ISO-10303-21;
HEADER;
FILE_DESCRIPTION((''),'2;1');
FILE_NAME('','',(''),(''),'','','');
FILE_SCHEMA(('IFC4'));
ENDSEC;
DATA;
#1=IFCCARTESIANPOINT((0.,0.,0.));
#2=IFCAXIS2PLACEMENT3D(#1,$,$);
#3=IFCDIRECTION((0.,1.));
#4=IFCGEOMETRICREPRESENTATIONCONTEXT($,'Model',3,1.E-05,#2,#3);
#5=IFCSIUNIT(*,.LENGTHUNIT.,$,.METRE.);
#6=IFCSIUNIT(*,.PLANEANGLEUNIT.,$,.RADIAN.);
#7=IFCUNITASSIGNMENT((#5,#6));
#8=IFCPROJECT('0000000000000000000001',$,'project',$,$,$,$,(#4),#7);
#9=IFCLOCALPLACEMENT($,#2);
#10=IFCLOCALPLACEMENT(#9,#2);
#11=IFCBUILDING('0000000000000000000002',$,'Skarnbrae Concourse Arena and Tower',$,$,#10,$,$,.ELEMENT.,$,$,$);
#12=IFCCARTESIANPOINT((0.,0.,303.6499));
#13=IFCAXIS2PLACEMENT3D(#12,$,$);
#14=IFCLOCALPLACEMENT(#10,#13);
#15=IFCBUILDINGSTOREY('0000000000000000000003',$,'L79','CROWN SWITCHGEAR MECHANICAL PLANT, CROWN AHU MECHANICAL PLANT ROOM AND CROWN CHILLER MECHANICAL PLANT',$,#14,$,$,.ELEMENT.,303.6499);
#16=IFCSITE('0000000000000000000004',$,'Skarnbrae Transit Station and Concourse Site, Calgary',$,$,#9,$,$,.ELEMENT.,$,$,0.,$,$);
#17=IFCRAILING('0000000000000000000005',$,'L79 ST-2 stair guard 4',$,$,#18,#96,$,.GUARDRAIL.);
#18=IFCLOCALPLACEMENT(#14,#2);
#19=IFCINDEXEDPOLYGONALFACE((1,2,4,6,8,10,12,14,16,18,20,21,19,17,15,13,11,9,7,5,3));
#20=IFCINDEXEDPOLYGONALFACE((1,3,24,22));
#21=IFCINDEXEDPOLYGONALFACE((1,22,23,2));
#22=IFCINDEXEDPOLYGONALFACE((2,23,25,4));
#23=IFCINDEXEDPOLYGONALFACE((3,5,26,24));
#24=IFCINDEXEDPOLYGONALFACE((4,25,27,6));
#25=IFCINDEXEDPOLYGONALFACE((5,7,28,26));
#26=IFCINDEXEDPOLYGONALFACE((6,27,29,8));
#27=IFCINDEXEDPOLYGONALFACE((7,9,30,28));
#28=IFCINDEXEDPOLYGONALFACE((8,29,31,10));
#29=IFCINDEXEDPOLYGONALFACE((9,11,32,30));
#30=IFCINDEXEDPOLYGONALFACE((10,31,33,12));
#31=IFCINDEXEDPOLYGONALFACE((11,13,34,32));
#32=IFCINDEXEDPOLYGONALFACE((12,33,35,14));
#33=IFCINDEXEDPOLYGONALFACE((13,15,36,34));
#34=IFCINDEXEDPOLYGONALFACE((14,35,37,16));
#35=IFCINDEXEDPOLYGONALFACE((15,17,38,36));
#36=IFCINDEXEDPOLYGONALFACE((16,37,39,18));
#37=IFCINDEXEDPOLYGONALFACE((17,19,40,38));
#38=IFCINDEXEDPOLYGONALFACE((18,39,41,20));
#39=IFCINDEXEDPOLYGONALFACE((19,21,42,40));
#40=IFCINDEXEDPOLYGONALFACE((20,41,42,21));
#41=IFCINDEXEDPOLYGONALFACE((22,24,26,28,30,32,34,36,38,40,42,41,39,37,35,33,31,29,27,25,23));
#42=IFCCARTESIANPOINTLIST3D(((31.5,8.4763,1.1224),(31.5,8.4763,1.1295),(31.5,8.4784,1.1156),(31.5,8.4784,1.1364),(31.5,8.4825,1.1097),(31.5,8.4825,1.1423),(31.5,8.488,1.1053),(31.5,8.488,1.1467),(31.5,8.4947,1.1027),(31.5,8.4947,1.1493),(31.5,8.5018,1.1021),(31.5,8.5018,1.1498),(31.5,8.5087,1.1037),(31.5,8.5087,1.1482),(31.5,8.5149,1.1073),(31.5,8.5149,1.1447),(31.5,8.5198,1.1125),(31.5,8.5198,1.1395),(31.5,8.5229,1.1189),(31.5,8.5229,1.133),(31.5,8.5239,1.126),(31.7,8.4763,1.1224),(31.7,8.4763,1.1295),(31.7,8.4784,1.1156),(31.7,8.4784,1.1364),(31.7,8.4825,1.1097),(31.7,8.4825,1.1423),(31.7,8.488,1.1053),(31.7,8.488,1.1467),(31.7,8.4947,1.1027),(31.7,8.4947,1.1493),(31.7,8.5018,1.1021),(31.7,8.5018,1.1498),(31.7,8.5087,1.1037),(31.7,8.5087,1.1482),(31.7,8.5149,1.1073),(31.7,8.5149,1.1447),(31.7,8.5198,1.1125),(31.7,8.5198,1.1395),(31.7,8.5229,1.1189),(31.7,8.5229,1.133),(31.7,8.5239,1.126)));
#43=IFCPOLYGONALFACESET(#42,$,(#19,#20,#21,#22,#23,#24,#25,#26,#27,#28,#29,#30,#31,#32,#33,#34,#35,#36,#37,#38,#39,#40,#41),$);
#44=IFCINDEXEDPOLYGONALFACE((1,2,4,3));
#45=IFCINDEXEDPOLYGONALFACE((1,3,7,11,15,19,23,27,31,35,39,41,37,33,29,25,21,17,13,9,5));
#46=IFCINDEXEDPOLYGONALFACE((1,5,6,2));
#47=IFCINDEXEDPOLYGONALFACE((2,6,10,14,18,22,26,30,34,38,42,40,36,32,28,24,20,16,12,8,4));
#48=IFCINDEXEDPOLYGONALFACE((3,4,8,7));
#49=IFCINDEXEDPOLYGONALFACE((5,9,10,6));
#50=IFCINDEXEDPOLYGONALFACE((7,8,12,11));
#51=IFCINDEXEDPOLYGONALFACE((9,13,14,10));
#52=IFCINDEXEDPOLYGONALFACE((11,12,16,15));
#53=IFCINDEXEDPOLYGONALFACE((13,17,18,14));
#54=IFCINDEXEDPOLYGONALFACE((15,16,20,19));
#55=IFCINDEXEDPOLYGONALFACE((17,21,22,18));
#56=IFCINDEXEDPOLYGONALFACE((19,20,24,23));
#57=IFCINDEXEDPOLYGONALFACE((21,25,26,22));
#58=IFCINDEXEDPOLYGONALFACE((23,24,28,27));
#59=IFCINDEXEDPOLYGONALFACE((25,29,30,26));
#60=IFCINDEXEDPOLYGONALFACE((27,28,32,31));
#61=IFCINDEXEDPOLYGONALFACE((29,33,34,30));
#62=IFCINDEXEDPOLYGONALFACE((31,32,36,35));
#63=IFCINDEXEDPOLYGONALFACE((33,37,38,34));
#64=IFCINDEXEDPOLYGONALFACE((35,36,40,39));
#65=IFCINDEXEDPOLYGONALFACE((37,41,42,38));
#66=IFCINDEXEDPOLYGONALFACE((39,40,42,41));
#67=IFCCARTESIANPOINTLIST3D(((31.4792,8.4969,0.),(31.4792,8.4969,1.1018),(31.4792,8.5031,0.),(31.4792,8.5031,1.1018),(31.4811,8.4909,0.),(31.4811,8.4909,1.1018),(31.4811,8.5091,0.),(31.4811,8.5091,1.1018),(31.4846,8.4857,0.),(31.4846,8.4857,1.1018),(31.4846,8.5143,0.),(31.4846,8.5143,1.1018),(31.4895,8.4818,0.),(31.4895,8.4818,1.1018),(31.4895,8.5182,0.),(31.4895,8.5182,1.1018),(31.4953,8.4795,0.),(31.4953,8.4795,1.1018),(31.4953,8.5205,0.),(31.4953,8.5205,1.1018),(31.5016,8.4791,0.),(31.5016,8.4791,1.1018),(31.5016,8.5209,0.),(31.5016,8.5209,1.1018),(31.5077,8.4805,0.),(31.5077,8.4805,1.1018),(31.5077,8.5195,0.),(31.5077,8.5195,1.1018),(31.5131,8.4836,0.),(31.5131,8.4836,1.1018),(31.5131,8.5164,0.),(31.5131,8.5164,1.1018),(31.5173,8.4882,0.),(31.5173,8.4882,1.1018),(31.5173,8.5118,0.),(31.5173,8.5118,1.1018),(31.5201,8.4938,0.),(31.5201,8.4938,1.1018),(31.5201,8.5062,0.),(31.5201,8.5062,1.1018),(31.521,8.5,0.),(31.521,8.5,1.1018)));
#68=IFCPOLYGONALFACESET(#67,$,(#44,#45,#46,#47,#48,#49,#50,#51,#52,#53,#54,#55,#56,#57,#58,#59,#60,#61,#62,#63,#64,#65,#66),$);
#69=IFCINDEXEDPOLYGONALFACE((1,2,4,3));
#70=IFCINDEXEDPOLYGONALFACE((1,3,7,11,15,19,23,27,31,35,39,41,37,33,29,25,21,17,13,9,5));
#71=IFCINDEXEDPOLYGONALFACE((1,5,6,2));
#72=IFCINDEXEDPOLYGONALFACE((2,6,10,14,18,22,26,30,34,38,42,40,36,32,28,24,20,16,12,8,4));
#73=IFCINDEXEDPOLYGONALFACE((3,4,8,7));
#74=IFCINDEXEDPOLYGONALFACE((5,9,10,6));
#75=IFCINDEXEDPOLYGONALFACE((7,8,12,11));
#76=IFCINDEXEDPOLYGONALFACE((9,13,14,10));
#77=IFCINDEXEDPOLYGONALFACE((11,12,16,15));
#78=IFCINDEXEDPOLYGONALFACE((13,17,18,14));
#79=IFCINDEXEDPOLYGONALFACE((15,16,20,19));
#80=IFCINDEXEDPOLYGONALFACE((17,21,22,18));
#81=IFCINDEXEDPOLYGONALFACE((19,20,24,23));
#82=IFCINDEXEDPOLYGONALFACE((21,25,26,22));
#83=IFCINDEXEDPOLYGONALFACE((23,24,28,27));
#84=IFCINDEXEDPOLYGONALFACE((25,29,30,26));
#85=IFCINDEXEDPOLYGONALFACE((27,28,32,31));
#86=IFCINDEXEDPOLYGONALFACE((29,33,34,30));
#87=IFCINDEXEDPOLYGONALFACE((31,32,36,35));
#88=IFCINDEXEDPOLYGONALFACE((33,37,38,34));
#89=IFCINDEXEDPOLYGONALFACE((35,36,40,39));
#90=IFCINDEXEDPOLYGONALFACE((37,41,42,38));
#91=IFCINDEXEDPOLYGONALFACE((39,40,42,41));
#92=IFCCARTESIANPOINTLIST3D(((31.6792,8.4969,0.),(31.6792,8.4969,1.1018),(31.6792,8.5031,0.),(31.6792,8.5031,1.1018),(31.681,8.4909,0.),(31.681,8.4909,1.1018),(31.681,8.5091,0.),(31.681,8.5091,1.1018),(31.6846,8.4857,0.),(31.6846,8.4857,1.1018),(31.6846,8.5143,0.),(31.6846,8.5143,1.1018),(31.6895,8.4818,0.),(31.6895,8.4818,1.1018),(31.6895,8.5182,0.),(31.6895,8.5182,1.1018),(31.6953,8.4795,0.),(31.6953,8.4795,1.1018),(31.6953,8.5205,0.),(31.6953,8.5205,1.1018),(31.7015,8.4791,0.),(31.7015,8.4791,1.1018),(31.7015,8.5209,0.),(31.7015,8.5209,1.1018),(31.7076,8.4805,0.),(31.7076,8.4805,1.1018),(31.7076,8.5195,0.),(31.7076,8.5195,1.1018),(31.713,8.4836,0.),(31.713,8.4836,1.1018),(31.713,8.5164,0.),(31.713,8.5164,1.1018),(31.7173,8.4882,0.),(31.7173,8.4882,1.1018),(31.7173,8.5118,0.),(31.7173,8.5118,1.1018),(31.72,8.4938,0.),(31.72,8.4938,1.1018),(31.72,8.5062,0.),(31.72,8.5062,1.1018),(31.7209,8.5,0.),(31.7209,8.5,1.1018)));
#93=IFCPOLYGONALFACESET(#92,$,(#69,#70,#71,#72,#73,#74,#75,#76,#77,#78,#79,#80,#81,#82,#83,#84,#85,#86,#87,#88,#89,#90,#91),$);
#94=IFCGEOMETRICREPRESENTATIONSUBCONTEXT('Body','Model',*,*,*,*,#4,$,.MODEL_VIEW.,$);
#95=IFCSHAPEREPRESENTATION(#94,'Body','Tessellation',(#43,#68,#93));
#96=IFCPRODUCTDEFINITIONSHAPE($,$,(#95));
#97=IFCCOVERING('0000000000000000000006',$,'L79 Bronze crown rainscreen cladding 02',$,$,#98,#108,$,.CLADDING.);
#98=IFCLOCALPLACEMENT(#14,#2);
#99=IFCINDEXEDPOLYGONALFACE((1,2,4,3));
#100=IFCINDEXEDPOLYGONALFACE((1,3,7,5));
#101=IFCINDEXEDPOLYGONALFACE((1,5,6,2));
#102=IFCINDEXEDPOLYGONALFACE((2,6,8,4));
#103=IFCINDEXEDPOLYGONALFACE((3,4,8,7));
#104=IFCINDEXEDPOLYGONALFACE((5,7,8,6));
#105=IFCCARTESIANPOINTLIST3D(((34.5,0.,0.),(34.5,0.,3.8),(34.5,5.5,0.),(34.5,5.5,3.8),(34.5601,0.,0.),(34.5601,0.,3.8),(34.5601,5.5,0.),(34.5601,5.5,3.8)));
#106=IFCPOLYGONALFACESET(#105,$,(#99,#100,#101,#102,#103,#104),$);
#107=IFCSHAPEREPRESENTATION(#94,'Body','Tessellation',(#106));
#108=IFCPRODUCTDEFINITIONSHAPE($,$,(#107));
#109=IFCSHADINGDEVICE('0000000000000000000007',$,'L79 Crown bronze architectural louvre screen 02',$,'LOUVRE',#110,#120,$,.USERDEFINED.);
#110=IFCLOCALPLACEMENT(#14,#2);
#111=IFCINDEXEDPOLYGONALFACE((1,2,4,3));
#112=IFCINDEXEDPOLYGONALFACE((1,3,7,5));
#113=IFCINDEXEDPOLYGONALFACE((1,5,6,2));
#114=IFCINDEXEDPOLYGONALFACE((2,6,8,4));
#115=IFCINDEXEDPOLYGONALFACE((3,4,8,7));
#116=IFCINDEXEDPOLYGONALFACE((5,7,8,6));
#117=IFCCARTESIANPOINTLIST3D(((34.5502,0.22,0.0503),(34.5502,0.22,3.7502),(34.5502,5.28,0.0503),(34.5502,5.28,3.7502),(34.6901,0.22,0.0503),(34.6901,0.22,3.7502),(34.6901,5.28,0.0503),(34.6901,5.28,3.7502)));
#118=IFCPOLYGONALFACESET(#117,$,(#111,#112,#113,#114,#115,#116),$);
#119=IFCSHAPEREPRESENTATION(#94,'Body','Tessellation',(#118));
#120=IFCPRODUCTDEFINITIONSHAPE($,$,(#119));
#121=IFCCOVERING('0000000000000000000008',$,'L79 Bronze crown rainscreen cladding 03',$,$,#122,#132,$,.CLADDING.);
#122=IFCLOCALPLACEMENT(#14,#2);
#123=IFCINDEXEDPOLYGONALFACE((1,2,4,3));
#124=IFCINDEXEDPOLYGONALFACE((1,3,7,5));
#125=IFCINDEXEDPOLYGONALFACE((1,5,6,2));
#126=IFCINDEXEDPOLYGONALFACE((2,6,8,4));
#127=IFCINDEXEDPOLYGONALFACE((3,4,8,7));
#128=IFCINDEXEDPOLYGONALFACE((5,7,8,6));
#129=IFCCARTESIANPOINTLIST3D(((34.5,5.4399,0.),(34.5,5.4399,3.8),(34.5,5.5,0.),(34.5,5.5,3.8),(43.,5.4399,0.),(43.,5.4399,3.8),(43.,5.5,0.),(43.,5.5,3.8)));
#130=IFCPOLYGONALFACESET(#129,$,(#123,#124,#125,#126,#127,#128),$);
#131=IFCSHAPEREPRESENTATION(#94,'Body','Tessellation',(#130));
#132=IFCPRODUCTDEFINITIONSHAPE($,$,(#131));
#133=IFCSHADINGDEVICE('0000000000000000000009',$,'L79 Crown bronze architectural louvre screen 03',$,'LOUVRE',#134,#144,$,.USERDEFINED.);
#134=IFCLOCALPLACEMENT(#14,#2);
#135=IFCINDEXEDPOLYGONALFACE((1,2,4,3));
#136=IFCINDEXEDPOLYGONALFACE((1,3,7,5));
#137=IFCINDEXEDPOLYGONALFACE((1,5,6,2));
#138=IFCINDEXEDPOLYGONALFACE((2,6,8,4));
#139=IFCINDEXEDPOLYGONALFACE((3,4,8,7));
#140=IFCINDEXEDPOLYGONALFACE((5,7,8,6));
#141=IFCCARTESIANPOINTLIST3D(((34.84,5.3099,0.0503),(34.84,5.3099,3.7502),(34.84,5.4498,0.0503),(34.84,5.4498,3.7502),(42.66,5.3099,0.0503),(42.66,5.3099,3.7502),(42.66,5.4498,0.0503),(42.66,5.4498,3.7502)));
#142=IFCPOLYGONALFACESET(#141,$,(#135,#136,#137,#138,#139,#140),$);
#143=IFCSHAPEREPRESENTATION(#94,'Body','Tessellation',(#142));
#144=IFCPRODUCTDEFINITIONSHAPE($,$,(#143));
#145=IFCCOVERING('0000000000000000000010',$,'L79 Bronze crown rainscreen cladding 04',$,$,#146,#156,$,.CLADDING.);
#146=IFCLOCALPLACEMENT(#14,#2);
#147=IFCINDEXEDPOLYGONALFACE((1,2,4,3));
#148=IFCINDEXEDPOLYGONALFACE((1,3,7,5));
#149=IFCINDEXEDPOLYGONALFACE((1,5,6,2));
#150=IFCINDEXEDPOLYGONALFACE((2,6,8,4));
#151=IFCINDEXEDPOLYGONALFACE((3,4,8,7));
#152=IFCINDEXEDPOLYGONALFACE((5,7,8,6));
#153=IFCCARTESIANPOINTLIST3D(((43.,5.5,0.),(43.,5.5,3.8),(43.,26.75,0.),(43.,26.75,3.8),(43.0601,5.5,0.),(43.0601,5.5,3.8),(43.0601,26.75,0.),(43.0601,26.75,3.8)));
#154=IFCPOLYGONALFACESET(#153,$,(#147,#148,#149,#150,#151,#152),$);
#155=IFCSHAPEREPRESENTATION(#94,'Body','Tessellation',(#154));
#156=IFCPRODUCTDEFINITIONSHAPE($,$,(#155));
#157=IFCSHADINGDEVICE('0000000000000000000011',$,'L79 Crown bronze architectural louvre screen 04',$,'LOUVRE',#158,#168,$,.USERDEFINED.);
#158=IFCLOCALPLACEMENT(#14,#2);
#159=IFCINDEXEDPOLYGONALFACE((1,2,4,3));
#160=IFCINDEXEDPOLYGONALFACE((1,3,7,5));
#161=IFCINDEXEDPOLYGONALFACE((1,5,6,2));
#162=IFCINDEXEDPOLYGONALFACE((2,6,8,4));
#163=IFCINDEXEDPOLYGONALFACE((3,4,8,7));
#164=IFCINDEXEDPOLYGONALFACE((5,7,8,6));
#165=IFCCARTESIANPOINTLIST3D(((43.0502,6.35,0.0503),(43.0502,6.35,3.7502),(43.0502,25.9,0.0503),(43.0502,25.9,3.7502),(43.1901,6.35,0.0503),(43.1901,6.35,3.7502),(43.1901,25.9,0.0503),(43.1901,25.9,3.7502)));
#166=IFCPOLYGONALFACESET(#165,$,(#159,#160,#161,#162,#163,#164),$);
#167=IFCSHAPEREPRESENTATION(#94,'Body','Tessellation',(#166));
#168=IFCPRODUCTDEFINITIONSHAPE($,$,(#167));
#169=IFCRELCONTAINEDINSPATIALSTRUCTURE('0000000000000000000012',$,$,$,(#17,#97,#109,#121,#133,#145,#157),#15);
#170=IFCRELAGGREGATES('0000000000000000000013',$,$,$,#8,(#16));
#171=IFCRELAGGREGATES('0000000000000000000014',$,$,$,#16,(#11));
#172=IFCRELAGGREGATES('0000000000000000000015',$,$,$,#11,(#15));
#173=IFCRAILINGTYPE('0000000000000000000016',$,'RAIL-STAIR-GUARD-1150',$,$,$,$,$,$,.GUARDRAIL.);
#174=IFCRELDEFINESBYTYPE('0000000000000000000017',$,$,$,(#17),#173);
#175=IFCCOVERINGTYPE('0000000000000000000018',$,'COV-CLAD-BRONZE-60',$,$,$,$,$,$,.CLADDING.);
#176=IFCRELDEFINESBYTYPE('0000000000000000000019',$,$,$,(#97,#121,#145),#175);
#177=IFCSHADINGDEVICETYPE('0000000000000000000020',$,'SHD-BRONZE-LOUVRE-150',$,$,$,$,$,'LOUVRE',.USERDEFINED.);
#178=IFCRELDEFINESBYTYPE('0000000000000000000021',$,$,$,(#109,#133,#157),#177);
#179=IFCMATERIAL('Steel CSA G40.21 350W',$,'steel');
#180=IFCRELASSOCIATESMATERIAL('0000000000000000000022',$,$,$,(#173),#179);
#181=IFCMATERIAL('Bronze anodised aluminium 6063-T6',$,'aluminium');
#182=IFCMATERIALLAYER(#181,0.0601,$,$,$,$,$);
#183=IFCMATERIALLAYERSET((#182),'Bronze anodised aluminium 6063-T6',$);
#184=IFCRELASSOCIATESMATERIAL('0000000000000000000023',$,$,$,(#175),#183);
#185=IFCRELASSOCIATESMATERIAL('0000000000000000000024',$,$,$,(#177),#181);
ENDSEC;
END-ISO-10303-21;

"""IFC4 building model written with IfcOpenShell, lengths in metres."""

from ifc_helpers import new_model, si_unit, direction, frame, origin, origin_2d, place, context, subcontext, project, spatial, rectangle, circle, extrude, source, transform, mapped, material, layer, layer_set, type_object, element, save


model = new_model("IFC4")

# Units and contexts
model_context = context("Model", 3, precision=1e-05, world=origin(), true_north=direction((0.0, 1.0)))
body_context = subcontext(model_context, "Body", "Model", "MODEL_VIEW")
ifc_project = project(units=[si_unit("LENGTHUNIT", "METRE"), si_unit("PLANEANGLEUNIT", "RADIAN")], contexts=[model_context])

# Site, building, storey
site_placement = place(None, origin())
site = spatial("IfcSite", under=ifc_project, at=site_placement, Name="Skarnbrae Transit Station and Concourse Site, Calgary", CompositionType="ELEMENT", RefElevation=0.0)
building_placement = place(site_placement, origin())
building = spatial("IfcBuilding", under=site, at=building_placement, Name="Skarnbrae Concourse Arena and Tower", CompositionType="ELEMENT")
storey_placement = place(building_placement, frame((0.0, 0.0, 303.6499)))
storey = spatial("IfcBuildingStorey", under=building, at=storey_placement, Name="L79", Description="CROWN SWITCHGEAR MECHANICAL PLANT, CROWN AHU MECHANICAL PLANT ROOM AND CROWN CHILLER MECHANICAL PLANT", CompositionType="ELEMENT", Elevation=303.6499)

# Shared definitions
ifc_material_1 = material(Name="Steel CSA G40.21 350W", Category="steel")

# Railing
railing_type_1 = type_object("IfcRailingType", Name="RAIL-STAIR-GUARD-1150", PredefinedType="GUARDRAIL", material=ifc_material_1)
railing_1_placement = place(storey_placement, frame((31.5, 8.5, 0.0)))
element("IfcRailing", 1, at=railing_1_placement, inside=storey, type_object=railing_type_1, Name="L79 ST-2 stair guard 4", PredefinedType="GUARDRAIL", context=body_context, shape_type="SweptSolid", body=[
    extrude(circle(Radius=0.0239, at=origin_2d()), frame((0.0, 0.0, 1.126), z_axis=(1.0, 0.0, 0.0), x_axis=(0.0, 1.0, 0.0)), (0.0, 0.0, 1.0), 0.2),
    extrude(circle(Radius=0.021, at=origin_2d()), origin(), (0.0, 0.0, 1.0), 1.1018),
    extrude(circle(Radius=0.021, at=origin_2d()), frame((0.2, 0.0, 0.0)), (0.0, 0.0, 1.0), 1.1018),
])

# Covering
ifc_material_2 = material(Name="Bronze anodised aluminium 6063-T6", Category="aluminium")
ifc_layer_1 = layer(ifc_material_2, 0.0601)
ifc_layer_set_1 = layer_set([ifc_layer_1], Name="Bronze anodised aluminium 6063-T6")
covering_type = type_object("IfcCoveringType", Name="COV-CLAD-BRONZE-60", PredefinedType="CLADDING", material=ifc_layer_set_1)
shared_shape_1 = source(origin(), body_context, "Body", "SweptSolid", [
    extrude(rectangle(XDim=5.5, YDim=0.0601, at=origin_2d()), origin(), (0.0, 0.0, 1.0), 3.8),
])
covering_1_placement = place(storey_placement, frame((34.53, 2.75, 0.0), z_axis=(0.0, 0.0, 1.0), x_axis=(0.0, 1.0, 0.0)))
element("IfcCovering", 2, at=covering_1_placement, inside=storey, type_object=covering_type, Name="L79 Bronze crown rainscreen cladding 02", PredefinedType="CLADDING", context=body_context, shape_type="MappedRepresentation", body=[
    mapped(shared_shape_1, transform((0.0, 0.0, 0.0))),
])

# Shading device
shading_device_type = type_object("IfcShadingDeviceType", Name="SHD-BRONZE-LOUVRE-150", ElementType="LOUVRE", PredefinedType="USERDEFINED", material=ifc_material_2)
shared_shape_2 = source(origin(), body_context, "Body", "SweptSolid", [
    extrude(rectangle(XDim=5.0601, YDim=0.1399, at=origin_2d()), origin(), (0.0, 0.0, 1.0), 3.7),
])
shading_device_1_placement = place(storey_placement, frame((34.6201, 2.75, 0.0503), z_axis=(0.0, 0.0, 1.0), x_axis=(0.0, 1.0, 0.0)))
element("IfcShadingDevice", 3, at=shading_device_1_placement, inside=storey, type_object=shading_device_type, Name="L79 Crown bronze architectural louvre screen 02", ObjectType="LOUVRE", PredefinedType="USERDEFINED", context=body_context, shape_type="MappedRepresentation", body=[
    mapped(shared_shape_2, transform((0.0, 0.0, 0.0))),
])

# Covering
shared_shape_3 = source(origin(), body_context, "Body", "SweptSolid", [
    extrude(rectangle(XDim=8.5, YDim=0.0601, at=origin_2d()), origin(), (0.0, 0.0, 1.0), 3.8),
])
covering_2_placement = place(storey_placement, frame((38.75, 5.47, 0.0), z_axis=(0.0, 0.0, 1.0), x_axis=(1.0, 0.0, 0.0)))
element("IfcCovering", 4, at=covering_2_placement, inside=storey, type_object=covering_type, Name="L79 Bronze crown rainscreen cladding 03", PredefinedType="CLADDING", context=body_context, shape_type="MappedRepresentation", body=[
    mapped(shared_shape_3, transform((0.0, 0.0, 0.0))),
])

# Shading device
shared_shape_4 = source(origin(), body_context, "Body", "SweptSolid", [
    extrude(rectangle(XDim=7.8201, YDim=0.1399, at=origin_2d()), origin(), (0.0, 0.0, 1.0), 3.7),
])
shading_device_2_placement = place(storey_placement, frame((38.75, 5.3799, 0.0503), z_axis=(0.0, 0.0, 1.0), x_axis=(1.0, 0.0, 0.0)))
element("IfcShadingDevice", 5, at=shading_device_2_placement, inside=storey, type_object=shading_device_type, Name="L79 Crown bronze architectural louvre screen 03", ObjectType="LOUVRE", PredefinedType="USERDEFINED", context=body_context, shape_type="MappedRepresentation", body=[
    mapped(shared_shape_4, transform((0.0, 0.0, 0.0))),
])

# Covering
shared_shape_5 = source(origin(), body_context, "Body", "SweptSolid", [
    extrude(rectangle(XDim=21.25, YDim=0.0601, at=origin_2d()), origin(), (0.0, 0.0, 1.0), 3.8),
])
covering_3_placement = place(storey_placement, frame((43.03, 16.125, 0.0), z_axis=(0.0, 0.0, 1.0), x_axis=(0.0, 1.0, 0.0)))
element("IfcCovering", 6, at=covering_3_placement, inside=storey, type_object=covering_type, Name="L79 Bronze crown rainscreen cladding 04", PredefinedType="CLADDING", context=body_context, shape_type="MappedRepresentation", body=[
    mapped(shared_shape_5, transform((0.0, 0.0, 0.0))),
])

# Shading device
shared_shape_6 = source(origin(), body_context, "Body", "SweptSolid", [
    extrude(rectangle(XDim=19.55, YDim=0.1399, at=origin_2d()), origin(), (0.0, 0.0, 1.0), 3.7),
])
shading_device_3_placement = place(storey_placement, frame((43.1201, 16.125, 0.0503), z_axis=(0.0, 0.0, 1.0), x_axis=(0.0, 1.0, 0.0)))
element("IfcShadingDevice", 7, at=shading_device_3_placement, inside=storey, type_object=shading_device_type, Name="L79 Crown bronze architectural louvre screen 04", ObjectType="LOUVRE", PredefinedType="USERDEFINED", context=body_context, shape_type="MappedRepresentation", body=[
    mapped(shared_shape_6, transform((0.0, 0.0, 0.0))),
])

save(model, "model.ifc")
